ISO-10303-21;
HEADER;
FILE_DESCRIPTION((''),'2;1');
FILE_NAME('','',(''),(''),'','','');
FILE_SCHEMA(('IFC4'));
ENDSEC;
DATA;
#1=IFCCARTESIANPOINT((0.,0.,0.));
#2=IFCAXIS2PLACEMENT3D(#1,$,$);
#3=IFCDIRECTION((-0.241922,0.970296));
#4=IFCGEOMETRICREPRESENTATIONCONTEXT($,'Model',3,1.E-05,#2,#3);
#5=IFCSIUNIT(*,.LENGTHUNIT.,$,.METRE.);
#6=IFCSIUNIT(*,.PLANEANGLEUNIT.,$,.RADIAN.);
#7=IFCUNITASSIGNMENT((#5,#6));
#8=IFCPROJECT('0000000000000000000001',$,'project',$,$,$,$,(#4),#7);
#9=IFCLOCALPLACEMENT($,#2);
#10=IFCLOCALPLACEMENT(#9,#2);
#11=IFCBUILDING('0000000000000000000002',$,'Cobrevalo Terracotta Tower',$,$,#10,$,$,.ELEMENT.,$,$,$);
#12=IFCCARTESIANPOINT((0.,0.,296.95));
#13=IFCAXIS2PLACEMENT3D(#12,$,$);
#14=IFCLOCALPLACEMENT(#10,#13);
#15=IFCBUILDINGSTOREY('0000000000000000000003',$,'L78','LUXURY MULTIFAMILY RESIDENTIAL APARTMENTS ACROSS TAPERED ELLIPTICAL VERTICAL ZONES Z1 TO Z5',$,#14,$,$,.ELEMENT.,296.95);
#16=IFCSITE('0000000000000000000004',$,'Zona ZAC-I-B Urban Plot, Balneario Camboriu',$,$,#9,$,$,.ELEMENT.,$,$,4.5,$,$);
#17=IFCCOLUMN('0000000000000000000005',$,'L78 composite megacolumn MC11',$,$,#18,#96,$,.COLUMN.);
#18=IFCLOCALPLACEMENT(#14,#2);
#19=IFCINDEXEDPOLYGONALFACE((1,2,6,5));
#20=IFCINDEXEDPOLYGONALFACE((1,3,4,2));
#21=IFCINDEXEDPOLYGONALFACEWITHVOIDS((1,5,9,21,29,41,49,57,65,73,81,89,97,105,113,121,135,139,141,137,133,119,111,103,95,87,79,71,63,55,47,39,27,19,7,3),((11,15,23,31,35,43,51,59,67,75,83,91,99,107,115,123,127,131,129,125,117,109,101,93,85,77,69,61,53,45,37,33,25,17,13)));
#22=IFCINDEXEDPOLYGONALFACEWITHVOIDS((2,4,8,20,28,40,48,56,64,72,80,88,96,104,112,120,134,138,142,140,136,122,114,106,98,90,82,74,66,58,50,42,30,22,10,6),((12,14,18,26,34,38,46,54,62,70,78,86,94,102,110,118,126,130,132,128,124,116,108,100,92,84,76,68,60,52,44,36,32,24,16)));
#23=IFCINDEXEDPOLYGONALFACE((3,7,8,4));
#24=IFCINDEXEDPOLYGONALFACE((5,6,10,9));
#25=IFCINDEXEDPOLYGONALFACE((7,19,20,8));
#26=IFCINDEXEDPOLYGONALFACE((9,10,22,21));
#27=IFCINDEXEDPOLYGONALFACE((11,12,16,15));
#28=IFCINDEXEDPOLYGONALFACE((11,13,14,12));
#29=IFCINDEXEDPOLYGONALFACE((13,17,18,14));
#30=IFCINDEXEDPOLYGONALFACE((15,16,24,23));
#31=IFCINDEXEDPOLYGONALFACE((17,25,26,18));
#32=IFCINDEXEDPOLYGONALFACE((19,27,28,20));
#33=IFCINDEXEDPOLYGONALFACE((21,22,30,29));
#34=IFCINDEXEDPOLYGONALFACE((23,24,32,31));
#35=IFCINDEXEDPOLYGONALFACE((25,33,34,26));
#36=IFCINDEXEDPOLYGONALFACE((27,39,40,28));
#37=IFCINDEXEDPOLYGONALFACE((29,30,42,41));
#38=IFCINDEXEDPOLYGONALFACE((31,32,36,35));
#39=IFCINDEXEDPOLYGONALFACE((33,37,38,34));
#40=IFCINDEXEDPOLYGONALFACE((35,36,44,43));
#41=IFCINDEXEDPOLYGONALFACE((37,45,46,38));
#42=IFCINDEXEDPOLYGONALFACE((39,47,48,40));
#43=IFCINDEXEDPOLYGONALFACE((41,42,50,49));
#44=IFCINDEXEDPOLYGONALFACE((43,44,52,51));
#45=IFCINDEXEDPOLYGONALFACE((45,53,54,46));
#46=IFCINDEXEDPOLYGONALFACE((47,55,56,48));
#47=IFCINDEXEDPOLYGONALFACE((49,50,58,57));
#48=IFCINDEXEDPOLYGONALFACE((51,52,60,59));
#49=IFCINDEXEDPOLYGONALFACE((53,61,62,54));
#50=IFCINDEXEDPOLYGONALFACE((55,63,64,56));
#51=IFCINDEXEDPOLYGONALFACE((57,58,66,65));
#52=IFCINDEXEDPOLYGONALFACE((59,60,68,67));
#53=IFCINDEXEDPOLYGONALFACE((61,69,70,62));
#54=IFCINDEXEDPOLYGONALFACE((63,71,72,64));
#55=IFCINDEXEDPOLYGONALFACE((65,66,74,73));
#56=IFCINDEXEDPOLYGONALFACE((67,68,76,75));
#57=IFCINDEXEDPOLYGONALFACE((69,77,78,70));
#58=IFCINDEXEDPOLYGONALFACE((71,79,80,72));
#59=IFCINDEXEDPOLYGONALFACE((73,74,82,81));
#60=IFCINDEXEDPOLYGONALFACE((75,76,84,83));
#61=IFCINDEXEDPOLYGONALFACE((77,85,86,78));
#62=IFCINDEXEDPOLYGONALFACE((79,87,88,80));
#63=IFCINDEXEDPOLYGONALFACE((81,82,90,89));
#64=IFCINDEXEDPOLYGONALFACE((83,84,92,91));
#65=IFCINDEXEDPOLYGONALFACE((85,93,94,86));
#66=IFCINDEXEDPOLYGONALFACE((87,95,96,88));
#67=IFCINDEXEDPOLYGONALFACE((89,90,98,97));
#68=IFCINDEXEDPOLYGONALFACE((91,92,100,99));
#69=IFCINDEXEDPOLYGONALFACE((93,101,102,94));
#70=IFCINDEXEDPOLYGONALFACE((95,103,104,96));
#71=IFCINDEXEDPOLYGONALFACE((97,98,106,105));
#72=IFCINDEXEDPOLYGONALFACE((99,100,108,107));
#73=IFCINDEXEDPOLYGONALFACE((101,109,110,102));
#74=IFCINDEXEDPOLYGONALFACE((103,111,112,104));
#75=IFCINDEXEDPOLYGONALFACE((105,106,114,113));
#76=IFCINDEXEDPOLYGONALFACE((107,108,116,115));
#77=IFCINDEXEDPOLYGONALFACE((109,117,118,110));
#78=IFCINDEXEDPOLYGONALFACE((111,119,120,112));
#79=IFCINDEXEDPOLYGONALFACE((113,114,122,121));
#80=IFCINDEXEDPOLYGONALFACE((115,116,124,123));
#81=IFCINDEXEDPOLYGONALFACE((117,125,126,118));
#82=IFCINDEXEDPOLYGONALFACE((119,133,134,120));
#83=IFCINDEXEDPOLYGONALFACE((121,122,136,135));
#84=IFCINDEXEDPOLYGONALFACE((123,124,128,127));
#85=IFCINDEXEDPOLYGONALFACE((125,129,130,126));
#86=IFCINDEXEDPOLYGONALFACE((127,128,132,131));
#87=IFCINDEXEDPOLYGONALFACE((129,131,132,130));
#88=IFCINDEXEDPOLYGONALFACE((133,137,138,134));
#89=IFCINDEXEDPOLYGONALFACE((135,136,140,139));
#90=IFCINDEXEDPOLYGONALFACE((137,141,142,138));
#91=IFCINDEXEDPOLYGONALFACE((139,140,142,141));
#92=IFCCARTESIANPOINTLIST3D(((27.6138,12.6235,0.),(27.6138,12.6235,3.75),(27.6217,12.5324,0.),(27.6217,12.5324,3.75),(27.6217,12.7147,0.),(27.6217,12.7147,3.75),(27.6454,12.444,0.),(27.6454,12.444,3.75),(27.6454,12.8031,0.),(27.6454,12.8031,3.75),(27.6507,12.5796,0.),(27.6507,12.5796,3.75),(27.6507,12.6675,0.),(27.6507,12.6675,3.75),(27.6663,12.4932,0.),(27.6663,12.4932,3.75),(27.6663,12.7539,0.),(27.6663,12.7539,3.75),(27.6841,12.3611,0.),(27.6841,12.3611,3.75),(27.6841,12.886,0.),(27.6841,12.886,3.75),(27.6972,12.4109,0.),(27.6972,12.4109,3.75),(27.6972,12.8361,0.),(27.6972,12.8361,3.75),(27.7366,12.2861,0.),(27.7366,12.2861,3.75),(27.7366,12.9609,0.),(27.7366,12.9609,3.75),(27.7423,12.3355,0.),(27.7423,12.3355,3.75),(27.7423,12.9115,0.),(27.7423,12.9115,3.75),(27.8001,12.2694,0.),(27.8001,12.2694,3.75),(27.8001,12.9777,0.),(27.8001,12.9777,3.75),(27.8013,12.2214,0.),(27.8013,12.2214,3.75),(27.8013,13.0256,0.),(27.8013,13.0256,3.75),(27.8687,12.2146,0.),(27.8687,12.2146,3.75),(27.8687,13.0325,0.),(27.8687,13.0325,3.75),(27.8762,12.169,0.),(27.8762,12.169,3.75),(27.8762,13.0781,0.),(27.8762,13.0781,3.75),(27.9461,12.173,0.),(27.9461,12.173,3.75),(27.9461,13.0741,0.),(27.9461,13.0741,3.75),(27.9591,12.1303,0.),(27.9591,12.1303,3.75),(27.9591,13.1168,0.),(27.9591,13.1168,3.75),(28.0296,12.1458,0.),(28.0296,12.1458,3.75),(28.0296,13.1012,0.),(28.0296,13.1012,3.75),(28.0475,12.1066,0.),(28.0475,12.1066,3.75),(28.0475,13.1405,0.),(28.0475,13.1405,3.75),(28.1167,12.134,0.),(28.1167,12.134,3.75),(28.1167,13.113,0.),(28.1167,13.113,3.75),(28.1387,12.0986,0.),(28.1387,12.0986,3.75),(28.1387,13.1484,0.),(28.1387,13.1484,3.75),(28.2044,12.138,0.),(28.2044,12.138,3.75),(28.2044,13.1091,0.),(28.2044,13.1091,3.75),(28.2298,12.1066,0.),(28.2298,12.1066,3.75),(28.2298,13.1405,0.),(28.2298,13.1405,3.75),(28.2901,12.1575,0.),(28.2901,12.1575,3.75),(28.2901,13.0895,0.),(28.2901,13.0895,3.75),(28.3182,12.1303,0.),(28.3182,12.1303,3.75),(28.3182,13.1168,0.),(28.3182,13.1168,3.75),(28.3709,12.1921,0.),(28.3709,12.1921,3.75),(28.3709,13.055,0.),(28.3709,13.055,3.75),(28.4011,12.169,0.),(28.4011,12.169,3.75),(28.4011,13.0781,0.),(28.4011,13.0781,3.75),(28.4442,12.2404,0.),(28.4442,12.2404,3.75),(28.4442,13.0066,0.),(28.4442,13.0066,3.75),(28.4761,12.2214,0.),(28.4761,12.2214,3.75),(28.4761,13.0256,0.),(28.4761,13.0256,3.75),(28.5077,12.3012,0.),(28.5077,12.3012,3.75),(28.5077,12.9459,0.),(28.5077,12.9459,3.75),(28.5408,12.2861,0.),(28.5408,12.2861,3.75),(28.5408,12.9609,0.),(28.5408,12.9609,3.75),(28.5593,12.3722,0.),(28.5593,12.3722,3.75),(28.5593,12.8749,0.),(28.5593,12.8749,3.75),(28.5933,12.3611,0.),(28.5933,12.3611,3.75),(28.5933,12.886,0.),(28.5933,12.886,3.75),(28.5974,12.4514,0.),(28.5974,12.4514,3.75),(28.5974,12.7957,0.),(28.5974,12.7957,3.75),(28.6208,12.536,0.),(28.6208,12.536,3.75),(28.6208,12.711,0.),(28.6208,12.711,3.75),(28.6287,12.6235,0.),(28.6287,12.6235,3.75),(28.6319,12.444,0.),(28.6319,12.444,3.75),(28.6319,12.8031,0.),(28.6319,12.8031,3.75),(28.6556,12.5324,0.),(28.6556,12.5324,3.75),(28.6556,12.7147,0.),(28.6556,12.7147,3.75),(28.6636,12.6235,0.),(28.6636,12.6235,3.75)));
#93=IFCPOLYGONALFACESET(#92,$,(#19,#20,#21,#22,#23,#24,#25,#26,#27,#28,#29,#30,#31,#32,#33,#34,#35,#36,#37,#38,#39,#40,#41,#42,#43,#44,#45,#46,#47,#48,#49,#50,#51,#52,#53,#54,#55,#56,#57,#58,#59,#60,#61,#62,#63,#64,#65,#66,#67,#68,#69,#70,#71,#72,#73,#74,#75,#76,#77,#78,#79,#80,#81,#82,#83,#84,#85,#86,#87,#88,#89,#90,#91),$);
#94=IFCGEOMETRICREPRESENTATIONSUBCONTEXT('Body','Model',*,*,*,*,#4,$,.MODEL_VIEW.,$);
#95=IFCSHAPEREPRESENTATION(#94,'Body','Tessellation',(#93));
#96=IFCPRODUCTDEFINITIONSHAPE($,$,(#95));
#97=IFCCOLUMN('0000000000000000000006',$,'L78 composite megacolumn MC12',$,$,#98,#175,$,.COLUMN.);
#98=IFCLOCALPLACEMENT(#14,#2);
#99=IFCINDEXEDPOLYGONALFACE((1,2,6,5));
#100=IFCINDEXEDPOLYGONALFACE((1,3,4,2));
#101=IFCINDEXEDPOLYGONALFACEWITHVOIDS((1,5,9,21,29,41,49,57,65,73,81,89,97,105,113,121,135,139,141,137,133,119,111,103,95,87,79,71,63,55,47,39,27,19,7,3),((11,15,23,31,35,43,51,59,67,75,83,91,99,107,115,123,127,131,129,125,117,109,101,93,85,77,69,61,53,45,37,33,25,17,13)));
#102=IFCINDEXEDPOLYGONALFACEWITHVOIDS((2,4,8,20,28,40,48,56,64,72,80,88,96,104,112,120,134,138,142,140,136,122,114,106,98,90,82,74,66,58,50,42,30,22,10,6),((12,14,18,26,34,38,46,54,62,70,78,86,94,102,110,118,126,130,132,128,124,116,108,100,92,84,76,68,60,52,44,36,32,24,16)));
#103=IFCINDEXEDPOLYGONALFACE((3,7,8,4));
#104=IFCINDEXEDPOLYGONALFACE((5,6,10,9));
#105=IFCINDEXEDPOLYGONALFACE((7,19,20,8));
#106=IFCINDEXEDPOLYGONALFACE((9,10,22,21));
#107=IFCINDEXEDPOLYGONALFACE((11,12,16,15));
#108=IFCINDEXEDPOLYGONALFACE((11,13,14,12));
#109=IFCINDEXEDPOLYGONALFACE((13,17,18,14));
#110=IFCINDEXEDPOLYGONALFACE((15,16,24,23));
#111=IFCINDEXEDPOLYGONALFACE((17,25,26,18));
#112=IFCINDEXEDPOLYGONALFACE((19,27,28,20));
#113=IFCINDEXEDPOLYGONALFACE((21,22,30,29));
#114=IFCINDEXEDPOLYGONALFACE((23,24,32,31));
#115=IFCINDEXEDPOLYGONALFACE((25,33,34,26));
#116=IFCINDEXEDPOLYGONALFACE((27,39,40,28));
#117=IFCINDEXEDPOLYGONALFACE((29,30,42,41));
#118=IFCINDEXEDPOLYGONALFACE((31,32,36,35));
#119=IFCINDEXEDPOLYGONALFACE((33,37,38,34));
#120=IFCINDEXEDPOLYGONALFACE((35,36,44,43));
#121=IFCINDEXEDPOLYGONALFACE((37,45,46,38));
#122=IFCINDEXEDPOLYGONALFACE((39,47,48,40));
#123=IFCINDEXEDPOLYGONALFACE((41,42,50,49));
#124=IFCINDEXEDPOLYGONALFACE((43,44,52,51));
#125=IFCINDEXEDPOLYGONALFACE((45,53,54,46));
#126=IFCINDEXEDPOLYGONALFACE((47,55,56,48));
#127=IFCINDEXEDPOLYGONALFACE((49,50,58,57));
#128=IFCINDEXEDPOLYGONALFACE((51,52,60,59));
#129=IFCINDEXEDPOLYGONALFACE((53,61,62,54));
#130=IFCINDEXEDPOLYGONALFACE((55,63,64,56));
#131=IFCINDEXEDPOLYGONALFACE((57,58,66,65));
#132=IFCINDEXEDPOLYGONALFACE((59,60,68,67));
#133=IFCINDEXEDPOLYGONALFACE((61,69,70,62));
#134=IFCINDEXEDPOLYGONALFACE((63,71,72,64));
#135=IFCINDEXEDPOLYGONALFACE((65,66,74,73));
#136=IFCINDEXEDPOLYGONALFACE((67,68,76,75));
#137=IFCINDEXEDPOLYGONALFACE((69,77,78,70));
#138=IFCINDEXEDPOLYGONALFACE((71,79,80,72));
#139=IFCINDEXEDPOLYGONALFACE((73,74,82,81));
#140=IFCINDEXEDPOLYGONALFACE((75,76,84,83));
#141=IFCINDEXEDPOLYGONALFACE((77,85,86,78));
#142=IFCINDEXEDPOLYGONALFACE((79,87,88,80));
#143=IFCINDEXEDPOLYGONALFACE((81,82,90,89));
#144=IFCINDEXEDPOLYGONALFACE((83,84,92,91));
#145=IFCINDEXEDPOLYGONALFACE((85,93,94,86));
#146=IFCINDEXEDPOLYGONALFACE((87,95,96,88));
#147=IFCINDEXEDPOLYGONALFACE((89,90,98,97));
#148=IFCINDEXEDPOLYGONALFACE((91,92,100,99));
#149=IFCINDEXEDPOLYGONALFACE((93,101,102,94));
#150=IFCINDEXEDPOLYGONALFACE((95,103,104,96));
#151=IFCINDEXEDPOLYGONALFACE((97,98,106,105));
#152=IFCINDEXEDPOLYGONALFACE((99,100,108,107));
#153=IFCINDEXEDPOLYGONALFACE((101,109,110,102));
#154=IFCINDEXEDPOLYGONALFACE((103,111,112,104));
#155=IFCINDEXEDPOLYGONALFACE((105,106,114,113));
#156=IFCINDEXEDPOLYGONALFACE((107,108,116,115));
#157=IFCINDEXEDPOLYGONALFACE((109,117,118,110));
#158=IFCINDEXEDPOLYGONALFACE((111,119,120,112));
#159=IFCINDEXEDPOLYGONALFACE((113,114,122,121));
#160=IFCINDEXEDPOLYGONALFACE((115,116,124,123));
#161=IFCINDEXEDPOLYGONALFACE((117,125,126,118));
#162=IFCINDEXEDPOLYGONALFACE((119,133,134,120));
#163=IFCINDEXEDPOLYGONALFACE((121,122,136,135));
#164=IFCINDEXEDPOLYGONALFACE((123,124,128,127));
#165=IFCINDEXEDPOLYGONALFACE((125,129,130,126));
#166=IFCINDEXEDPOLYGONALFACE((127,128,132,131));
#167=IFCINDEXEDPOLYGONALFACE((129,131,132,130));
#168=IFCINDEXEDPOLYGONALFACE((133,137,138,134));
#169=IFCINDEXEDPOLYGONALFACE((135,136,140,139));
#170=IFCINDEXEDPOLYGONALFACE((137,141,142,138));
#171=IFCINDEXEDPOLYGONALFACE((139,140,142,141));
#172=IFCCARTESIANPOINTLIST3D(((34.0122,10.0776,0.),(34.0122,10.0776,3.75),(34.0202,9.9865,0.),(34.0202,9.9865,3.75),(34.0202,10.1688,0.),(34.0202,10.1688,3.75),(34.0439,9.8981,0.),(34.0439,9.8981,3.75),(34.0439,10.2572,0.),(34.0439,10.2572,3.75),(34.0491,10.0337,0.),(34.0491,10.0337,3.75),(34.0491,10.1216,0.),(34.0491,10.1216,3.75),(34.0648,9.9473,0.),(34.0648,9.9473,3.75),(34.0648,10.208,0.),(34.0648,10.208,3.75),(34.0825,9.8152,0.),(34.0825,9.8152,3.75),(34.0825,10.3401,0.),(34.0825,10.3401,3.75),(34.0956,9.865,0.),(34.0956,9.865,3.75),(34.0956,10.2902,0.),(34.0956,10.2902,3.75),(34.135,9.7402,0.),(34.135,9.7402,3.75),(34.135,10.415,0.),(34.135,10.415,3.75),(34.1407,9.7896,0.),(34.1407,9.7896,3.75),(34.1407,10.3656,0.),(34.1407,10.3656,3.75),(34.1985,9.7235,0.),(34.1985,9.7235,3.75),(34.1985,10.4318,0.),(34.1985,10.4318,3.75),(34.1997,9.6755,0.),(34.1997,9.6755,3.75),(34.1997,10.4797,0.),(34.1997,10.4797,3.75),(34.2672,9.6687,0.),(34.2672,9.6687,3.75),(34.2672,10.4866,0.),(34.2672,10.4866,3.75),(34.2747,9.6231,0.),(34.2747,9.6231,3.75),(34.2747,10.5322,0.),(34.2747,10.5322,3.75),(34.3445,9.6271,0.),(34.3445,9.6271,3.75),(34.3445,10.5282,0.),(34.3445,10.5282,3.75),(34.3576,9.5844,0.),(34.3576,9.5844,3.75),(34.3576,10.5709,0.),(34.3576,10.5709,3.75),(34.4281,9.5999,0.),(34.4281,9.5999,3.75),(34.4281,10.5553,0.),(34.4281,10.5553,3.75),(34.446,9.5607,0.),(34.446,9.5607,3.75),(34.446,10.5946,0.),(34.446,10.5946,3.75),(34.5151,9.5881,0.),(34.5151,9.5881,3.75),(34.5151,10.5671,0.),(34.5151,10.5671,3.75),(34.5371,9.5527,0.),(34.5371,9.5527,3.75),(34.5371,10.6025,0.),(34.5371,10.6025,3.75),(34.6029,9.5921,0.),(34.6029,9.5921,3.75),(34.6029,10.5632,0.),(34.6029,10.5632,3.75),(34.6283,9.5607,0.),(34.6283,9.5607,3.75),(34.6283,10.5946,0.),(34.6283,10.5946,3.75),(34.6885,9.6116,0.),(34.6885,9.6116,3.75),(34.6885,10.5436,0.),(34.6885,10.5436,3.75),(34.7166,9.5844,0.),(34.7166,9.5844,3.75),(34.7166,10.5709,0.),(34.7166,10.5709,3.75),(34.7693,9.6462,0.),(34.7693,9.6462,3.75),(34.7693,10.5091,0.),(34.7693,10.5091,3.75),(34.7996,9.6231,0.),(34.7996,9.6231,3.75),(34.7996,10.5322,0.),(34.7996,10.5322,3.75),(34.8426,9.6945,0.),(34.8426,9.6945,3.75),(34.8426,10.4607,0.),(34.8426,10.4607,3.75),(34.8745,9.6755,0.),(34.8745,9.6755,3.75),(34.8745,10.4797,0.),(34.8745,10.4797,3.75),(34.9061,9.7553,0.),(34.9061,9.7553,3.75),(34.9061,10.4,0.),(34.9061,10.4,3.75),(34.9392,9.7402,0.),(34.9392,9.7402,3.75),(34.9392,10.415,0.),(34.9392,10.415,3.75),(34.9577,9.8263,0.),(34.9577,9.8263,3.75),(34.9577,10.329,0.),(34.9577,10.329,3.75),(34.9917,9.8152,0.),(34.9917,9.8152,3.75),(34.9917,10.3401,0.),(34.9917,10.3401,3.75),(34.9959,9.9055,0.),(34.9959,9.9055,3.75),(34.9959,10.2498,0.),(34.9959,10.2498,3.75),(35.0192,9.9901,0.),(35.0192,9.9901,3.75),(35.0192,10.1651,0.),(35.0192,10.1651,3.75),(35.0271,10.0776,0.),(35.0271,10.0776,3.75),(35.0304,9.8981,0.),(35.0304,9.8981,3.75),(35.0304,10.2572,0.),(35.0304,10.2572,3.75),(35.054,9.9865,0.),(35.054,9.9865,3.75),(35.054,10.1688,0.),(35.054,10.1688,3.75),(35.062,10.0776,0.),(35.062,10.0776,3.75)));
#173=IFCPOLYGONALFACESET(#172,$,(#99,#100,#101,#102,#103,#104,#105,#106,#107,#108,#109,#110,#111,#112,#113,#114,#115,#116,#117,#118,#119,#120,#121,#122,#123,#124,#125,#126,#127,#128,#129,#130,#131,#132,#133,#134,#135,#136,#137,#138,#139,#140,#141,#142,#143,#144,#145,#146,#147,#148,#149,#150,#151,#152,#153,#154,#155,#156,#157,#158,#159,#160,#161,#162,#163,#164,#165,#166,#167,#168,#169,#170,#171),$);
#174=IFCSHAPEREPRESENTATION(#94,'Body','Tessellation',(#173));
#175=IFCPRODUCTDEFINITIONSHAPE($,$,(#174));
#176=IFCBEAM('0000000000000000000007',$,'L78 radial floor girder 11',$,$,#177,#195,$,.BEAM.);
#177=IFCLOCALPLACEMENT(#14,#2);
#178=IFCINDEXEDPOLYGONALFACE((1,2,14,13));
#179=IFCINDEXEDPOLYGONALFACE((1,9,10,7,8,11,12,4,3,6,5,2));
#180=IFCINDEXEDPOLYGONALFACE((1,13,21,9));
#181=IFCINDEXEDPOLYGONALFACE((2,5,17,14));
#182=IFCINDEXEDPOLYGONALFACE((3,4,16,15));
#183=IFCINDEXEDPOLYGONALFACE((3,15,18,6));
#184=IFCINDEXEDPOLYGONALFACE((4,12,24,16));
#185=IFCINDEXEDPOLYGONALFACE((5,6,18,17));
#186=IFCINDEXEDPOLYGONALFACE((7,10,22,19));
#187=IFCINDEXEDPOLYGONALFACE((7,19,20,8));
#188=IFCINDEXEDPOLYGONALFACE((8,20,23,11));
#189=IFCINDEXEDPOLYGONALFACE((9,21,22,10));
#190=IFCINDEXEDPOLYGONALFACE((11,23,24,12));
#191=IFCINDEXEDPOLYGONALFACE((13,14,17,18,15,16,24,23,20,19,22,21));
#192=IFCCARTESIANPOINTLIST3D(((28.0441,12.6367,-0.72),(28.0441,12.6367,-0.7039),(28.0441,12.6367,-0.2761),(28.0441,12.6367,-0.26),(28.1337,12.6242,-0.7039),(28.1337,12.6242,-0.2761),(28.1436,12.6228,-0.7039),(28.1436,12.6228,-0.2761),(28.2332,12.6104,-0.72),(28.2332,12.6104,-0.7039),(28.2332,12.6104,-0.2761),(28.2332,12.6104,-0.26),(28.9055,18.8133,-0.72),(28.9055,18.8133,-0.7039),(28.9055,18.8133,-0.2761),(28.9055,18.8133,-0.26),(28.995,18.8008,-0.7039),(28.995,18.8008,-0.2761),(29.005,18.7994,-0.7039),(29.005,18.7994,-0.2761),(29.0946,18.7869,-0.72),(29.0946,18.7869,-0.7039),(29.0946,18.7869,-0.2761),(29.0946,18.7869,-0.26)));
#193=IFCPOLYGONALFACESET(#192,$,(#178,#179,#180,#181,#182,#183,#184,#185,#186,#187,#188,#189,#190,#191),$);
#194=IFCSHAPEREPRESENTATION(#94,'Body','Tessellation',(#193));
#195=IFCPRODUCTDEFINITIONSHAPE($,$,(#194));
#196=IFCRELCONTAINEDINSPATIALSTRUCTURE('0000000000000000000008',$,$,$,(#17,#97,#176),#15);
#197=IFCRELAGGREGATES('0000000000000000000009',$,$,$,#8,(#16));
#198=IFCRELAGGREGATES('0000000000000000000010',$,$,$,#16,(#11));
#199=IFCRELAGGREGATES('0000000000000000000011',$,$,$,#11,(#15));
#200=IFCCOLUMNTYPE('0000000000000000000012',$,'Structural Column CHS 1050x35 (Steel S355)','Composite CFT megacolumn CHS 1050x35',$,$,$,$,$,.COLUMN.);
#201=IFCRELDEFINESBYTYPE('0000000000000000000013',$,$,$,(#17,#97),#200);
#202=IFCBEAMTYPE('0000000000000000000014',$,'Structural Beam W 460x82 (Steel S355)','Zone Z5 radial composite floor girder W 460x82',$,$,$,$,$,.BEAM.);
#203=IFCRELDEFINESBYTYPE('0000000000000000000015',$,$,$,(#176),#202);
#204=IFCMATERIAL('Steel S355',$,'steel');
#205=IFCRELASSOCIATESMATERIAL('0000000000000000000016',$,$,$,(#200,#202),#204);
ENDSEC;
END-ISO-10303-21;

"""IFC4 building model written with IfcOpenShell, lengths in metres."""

from ifc_helpers import new_model, si_unit, direction, frame, origin, origin_2d, place, context, subcontext, project, spatial, hollow_circle, i_section, extrude, material, material_profile, profile_set, type_object, element, save


model = new_model("IFC4")

# Units and contexts
model_context = context("Model", 3, precision=1e-05, world=origin(), true_north=direction((-0.241922, 0.970296)))
body_context = subcontext(model_context, "Body", "Model", "MODEL_VIEW")
ifc_project = project(units=[si_unit("LENGTHUNIT", "METRE"), si_unit("PLANEANGLEUNIT", "RADIAN")], contexts=[model_context])

# Site, building, storey
site_placement = place(None, origin())
site = spatial("IfcSite", under=ifc_project, at=site_placement, Name="Zona ZAC-I-B Urban Plot, Balneario Camboriu", CompositionType="ELEMENT", RefElevation=4.5)
building_placement = place(site_placement, origin())
building = spatial("IfcBuilding", under=site, at=building_placement, Name="Cobrevalo Terracotta Tower", CompositionType="ELEMENT")
storey_placement = place(building_placement, frame((0.0, 0.0, 296.95)))
storey = spatial("IfcBuildingStorey", under=building, at=storey_placement, Name="L78", Description="LUXURY MULTIFAMILY RESIDENTIAL APARTMENTS ACROSS TAPERED ELLIPTICAL VERTICAL ZONES Z1 TO Z5", CompositionType="ELEMENT", Elevation=296.95)

# Columns
ifc_material_1 = material(Name="Steel S355", Category="steel")
ifc_material_profile_1 = material_profile(ifc_material_1, hollow_circle(Radius=0.5249, WallThickness=0.0349, at=origin_2d()), Name="CHS 1050x35")
ifc_profile_set_1 = profile_set([ifc_material_profile_1], Name="Steel S355")
column_type = type_object("IfcColumnType", Name="Structural Column CHS 1050x35 (Steel S355)", Description="Composite CFT megacolumn CHS 1050x35", PredefinedType="COLUMN", material=ifc_profile_set_1)
for number, where, z_axis, x_axis, name in (
    (1, (28.1387, 12.6235, 0.0), (0.0, 0.0, 1.0), (1.0, 0.0, 0.0), "L78 composite megacolumn MC11"),
    (2, (34.5371, 10.0776, 0.0), (0.0, 0.0, 1.0), (1.0, 0.0, 0.0), "L78 composite megacolumn MC12"),
):
    element("IfcColumn", number, at=place(storey_placement, frame(where, z_axis=z_axis, x_axis=x_axis)), inside=storey, type_object=column_type, Name=name, PredefinedType="COLUMN", context=body_context, shape_type="SweptSolid", body=[
        extrude(hollow_circle(Radius=0.5249, WallThickness=0.0349, at=origin_2d()), origin(), (0.0, 0.0, 1.0), 3.75),
    ])

# Beam
ifc_material_profile_2 = material_profile(ifc_material_1, i_section(OverallWidth=0.1909, OverallDepth=0.46, WebThickness=0.01, FlangeThickness=0.0161, at=origin_2d()), Name="W 460x82")
ifc_profile_set_2 = profile_set([ifc_material_profile_2], Name="Steel S355")
beam_type_1 = type_object("IfcBeamType", Name="Structural Beam W 460x82 (Steel S355)", Description="Zone Z5 radial composite floor girder W 460x82", PredefinedType="BEAM", material=ifc_profile_set_2)
beam_1_placement = place(storey_placement, frame((28.1387, 12.6235, -0.49), z_axis=(0.138116, 0.990416, 0.0), x_axis=(-0.990416, 0.138116, 0.0)))
element("IfcBeam", 3, at=beam_1_placement, inside=storey, type_object=beam_type_1, Name="L78 radial floor girder 11", PredefinedType="BEAM", context=body_context, shape_type="SweptSolid", body=[
    extrude(i_section(OverallWidth=0.1909, OverallDepth=0.46, WebThickness=0.01, FlangeThickness=0.0161, at=origin_2d()), origin(), (0.0, 0.0, 1.0), 6.2363),
])

save(model, "model.ifc")
